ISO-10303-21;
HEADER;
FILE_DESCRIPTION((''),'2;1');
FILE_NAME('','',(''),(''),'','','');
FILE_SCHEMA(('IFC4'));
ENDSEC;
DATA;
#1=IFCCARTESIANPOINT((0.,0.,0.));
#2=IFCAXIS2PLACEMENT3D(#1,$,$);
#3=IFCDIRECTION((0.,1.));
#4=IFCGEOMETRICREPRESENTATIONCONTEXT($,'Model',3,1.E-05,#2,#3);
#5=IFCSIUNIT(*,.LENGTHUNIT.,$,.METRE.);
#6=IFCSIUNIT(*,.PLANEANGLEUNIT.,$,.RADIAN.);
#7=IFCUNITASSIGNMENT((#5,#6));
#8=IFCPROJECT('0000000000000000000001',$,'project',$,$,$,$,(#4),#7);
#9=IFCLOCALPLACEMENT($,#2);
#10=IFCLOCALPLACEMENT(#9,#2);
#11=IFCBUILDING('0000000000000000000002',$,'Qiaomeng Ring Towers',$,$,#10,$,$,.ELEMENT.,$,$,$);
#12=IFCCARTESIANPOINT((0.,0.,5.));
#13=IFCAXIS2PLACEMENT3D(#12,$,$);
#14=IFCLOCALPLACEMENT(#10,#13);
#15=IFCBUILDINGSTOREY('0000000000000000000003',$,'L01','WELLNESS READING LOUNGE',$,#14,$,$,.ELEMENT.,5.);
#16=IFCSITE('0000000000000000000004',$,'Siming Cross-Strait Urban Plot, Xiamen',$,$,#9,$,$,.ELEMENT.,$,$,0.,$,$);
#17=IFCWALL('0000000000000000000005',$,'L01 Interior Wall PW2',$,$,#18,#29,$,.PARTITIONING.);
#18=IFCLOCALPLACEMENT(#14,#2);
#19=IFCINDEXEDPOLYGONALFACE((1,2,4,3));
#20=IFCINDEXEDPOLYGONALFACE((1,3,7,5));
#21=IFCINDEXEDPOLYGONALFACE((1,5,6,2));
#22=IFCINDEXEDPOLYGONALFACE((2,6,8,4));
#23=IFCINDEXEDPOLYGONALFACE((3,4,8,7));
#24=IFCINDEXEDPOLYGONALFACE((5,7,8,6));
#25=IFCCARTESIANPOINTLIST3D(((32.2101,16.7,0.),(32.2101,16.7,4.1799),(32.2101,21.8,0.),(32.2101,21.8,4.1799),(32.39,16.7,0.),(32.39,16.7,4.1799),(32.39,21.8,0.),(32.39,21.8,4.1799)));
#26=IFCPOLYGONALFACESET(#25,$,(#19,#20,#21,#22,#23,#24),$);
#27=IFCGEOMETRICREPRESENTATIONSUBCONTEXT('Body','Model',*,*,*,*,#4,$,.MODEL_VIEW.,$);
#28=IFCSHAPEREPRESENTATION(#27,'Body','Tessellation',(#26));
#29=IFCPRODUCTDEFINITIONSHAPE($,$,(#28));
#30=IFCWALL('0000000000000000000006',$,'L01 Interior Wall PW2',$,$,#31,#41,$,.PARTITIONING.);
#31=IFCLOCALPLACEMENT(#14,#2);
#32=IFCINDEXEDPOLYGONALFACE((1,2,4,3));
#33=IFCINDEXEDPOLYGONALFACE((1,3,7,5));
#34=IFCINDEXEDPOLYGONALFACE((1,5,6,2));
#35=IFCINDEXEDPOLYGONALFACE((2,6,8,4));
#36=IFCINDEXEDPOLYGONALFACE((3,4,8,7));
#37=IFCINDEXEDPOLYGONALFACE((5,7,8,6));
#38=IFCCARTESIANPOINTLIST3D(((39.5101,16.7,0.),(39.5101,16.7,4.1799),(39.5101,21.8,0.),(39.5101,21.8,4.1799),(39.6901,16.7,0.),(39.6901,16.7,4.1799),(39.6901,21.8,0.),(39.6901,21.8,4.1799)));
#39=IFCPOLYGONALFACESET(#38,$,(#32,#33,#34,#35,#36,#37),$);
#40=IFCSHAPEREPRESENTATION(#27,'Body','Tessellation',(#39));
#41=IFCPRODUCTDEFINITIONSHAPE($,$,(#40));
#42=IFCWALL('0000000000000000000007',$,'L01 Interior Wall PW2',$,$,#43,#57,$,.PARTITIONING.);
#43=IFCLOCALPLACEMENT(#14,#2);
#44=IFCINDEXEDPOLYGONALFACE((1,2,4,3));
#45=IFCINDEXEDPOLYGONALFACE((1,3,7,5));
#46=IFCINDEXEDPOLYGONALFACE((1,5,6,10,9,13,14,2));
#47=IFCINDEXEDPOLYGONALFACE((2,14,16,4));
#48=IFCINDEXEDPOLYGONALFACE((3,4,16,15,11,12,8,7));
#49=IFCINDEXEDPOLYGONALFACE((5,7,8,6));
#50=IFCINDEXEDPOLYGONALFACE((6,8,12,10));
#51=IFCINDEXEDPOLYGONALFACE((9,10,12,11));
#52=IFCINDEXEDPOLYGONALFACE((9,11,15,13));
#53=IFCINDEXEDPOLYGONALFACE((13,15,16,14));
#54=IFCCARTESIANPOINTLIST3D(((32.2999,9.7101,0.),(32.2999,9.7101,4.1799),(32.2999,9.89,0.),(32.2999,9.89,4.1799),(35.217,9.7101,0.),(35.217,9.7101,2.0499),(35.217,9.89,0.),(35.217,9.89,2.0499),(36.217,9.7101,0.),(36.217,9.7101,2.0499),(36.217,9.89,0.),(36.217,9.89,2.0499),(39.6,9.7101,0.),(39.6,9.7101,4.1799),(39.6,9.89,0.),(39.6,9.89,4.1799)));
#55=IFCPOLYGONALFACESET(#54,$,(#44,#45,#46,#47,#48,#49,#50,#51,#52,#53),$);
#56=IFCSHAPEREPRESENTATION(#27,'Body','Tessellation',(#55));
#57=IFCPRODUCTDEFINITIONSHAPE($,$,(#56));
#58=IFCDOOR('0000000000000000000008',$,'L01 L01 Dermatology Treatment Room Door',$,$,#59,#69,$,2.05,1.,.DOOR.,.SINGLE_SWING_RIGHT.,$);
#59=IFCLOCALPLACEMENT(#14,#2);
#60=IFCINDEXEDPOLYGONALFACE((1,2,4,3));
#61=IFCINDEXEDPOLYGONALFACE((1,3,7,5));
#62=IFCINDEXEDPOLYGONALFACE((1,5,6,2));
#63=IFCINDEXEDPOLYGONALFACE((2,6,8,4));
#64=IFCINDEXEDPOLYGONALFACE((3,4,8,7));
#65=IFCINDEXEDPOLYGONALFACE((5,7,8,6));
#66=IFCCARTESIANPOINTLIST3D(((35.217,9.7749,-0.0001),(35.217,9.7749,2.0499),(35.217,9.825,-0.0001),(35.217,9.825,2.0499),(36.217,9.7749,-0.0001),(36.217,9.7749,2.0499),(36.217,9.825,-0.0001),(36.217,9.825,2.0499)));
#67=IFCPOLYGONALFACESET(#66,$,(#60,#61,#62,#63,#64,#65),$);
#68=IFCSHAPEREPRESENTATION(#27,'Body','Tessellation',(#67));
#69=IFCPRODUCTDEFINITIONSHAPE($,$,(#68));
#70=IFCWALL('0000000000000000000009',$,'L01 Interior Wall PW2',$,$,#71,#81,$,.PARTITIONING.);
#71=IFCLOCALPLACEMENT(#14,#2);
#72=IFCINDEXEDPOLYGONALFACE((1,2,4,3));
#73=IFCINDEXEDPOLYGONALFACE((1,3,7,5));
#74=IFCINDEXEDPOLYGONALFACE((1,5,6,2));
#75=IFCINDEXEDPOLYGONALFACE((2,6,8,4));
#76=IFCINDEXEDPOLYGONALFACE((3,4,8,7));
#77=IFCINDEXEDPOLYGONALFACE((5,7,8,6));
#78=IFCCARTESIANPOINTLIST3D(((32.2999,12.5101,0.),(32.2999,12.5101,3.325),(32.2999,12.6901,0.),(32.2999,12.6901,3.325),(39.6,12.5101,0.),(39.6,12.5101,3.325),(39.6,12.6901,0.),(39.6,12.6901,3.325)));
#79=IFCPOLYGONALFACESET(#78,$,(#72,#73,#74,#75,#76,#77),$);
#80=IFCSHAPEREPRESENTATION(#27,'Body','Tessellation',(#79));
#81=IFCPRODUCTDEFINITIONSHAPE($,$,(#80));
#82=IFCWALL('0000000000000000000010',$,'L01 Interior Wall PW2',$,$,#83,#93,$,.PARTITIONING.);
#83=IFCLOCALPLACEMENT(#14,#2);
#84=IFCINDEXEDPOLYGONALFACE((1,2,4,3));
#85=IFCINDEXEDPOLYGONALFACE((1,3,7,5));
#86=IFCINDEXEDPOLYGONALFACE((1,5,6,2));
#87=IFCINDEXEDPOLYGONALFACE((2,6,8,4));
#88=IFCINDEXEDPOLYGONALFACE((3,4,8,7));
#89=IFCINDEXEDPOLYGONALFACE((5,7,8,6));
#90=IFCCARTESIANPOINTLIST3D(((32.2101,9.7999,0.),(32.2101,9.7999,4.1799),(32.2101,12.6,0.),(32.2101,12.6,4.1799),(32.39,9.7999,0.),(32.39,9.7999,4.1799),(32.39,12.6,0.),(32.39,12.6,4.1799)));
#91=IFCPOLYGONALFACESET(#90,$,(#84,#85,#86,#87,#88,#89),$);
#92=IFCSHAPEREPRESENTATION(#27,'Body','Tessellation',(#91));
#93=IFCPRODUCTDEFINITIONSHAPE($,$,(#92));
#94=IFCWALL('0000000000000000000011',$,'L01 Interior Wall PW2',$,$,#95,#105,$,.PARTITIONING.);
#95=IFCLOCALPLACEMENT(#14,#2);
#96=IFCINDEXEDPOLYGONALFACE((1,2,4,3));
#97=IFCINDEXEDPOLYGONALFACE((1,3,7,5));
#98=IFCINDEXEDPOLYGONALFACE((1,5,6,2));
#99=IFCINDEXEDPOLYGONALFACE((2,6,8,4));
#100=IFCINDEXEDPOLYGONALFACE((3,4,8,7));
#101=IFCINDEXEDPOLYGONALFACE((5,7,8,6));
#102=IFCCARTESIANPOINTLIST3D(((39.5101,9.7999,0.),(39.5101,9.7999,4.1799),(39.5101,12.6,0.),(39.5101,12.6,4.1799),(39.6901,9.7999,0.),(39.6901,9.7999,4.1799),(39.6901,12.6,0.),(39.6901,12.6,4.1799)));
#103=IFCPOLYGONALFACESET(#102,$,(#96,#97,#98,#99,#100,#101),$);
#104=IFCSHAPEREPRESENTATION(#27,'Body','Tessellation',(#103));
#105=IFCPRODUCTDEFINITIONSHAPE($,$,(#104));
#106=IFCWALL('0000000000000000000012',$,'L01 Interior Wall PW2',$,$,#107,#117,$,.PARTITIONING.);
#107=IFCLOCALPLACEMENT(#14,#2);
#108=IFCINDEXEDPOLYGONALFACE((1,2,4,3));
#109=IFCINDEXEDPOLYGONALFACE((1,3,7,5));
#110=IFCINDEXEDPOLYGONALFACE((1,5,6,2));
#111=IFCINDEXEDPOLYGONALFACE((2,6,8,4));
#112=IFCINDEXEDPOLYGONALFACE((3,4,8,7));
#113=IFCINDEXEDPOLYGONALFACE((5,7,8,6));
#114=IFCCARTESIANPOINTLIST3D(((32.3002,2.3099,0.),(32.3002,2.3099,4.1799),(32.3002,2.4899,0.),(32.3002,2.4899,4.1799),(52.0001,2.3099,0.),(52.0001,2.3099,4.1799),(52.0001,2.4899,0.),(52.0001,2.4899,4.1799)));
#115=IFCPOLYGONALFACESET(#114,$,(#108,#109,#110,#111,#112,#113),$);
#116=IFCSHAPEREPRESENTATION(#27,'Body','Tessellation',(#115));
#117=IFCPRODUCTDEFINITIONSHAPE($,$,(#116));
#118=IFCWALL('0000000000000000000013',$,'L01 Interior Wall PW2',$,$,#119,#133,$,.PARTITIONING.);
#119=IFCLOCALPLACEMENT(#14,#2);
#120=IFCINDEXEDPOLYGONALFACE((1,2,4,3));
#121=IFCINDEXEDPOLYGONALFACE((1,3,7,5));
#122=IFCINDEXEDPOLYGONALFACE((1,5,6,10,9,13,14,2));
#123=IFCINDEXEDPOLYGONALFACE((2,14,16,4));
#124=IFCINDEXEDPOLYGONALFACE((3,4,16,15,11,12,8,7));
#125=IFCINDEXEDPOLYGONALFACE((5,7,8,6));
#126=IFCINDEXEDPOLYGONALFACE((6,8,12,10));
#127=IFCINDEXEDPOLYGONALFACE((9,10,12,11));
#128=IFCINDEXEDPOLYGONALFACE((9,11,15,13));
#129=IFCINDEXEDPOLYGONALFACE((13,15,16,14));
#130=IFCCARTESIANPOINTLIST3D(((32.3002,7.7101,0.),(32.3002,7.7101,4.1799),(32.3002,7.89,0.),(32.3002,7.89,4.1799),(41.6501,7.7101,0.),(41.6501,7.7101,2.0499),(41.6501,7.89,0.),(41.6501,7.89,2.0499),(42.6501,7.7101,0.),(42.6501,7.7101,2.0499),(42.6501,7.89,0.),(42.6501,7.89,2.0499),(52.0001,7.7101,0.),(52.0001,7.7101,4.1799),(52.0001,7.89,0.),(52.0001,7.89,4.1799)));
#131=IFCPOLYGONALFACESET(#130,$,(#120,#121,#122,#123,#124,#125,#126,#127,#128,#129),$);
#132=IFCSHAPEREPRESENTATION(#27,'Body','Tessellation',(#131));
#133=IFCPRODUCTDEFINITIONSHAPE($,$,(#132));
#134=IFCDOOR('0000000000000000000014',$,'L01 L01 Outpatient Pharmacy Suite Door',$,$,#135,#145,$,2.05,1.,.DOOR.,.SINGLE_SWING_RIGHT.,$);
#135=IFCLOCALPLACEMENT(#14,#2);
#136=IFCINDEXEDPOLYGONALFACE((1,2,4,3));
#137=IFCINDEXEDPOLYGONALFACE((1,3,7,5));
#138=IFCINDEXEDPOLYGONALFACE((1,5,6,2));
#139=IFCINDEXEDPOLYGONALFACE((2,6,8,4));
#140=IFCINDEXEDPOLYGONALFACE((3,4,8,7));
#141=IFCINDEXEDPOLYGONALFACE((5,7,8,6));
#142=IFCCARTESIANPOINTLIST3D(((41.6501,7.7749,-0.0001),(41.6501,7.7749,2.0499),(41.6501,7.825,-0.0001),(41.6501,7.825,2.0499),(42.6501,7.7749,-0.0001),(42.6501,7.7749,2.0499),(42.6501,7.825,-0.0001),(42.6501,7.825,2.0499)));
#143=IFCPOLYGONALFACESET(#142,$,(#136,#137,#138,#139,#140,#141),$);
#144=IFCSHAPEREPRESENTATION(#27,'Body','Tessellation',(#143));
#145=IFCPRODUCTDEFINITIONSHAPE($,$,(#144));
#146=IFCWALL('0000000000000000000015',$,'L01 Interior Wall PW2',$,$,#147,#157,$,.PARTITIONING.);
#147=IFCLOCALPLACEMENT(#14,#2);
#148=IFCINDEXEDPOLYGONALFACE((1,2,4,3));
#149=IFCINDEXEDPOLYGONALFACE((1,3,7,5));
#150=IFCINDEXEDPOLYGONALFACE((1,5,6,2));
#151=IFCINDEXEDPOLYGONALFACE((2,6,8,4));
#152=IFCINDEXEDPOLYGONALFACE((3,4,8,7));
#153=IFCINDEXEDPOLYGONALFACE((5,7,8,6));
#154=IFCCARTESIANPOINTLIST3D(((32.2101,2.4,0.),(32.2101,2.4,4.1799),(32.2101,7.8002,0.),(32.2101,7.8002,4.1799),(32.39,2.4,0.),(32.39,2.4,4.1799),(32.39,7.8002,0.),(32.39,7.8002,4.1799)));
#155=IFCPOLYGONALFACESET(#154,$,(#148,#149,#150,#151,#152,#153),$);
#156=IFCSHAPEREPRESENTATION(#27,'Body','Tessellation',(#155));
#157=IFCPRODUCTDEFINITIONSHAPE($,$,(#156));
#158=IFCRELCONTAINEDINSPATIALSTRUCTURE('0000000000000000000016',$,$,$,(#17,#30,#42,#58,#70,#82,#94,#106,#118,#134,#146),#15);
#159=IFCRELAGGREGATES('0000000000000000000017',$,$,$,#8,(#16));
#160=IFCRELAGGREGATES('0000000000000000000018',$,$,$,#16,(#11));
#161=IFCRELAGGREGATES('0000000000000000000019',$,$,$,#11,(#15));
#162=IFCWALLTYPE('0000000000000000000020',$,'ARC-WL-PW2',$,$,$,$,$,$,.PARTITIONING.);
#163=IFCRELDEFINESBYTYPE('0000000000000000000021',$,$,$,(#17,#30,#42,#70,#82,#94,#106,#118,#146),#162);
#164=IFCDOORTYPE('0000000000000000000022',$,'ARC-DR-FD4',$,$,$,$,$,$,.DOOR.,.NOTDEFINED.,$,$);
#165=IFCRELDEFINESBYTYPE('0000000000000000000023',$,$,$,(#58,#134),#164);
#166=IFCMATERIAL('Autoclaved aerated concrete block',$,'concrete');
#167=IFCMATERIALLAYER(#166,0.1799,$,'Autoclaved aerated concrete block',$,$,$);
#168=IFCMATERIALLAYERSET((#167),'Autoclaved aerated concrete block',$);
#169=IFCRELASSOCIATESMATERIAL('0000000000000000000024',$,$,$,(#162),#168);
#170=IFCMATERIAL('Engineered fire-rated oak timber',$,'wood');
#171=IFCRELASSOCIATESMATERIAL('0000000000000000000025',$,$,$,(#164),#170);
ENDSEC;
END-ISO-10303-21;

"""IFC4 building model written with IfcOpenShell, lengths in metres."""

from ifc_helpers import new_model, si_unit, direction, frame, frame_2d, origin, place, context, subcontext, project, spatial, rectangle, extrude, source, transform, mapped, material, layer, layer_set, type_object, element, fill, save


model = new_model("IFC4")

# Units and contexts
model_context = context("Model", 3, precision=1e-05, world=origin(), true_north=direction((0.0, 1.0)))
body_context = subcontext(model_context, "Body", "Model", "MODEL_VIEW")
ifc_project = project(units=[si_unit("LENGTHUNIT", "METRE"), si_unit("PLANEANGLEUNIT", "RADIAN")], contexts=[model_context])

# Site, building, storey
site_placement = place(None, origin())
site = spatial("IfcSite", under=ifc_project, at=site_placement, Name="Siming Cross-Strait Urban Plot, Xiamen", CompositionType="ELEMENT", RefElevation=0.0)
building_placement = place(site_placement, origin())
building = spatial("IfcBuilding", under=site, at=building_placement, Name="Qiaomeng Ring Towers", CompositionType="ELEMENT")
storey_placement = place(building_placement, frame((0.0, 0.0, 5.0)))
storey = spatial("IfcBuildingStorey", under=building, at=storey_placement, Name="L01", Description="WELLNESS READING LOUNGE", CompositionType="ELEMENT", Elevation=5.0)

# Walls
ifc_material_1 = material(Name="Autoclaved aerated concrete block", Category="concrete")
ifc_layer_1 = layer(ifc_material_1, 0.1799, Name="Autoclaved aerated concrete block")
ifc_layer_set_1 = layer_set([ifc_layer_1], Name="Autoclaved aerated concrete block")
wall_type_1 = type_object("IfcWallType", Name="ARC-WL-PW2", PredefinedType="PARTITIONING", material=ifc_layer_set_1)
for number, where, z_axis, x_axis, name in (
    (1, (32.3, 16.7, 0.0), (0.0, 0.0, 1.0), (0.0, 1.0, 0.0), "L01 Interior Wall PW2"),
    (2, (39.6001, 16.7, 0.0), (0.0, 0.0, 1.0), (0.0, 1.0, 0.0), "L01 Interior Wall PW2"),
):
    element("IfcWall", number, at=place(storey_placement, frame(where, z_axis=z_axis, x_axis=x_axis)), inside=storey, type_object=wall_type_1, Name=name, PredefinedType="PARTITIONING", context=body_context, shape_type="SweptSolid", body=[
        extrude(rectangle(XDim=5.1001, YDim=0.1799, at=frame_2d((2.55, 0.0))), origin(), (0.0, 0.0, 1.0), 4.1799),
    ])

# Wall, opening, door
wall_1_placement = place(storey_placement, frame((32.3, 9.8, 0.0), z_axis=(0.0, 0.0, 1.0), x_axis=(1.0, 0.0, 0.0)))
wall_1 = element("IfcWall", 3, at=wall_1_placement, inside=storey, type_object=wall_type_1, Name="L01 Interior Wall PW2", PredefinedType="PARTITIONING", context=body_context, shape_type="SweptSolid", body=[
    extrude(rectangle(XDim=7.3, YDim=0.1799, at=frame_2d((3.6499, 0.0))), origin(), (0.0, 0.0, 1.0), 4.1799),
])
opening_1_placement = place(wall_1_placement, frame((2.917, 0.0, 0.0)))
opening_1 = element("IfcOpeningElement", 4, at=opening_1_placement, cuts=wall_1, PredefinedType="OPENING", context=body_context, shape_type="SweptSolid", body=[
    extrude(rectangle(XDim=1.0, YDim=2.05, at=frame_2d((0.5, 1.0249))), frame((0.0, 0.0999, 0.0), z_axis=(0.0, -1.0, 0.0), x_axis=(1.0, 0.0, 0.0)), (0.0, 0.0, 1.0), 0.2),
])
ifc_material_2 = material(Name="Engineered fire-rated oak timber", Category="wood")
door_type_1 = type_object("IfcDoorType", Name="ARC-DR-FD4", OperationType="NOTDEFINED", PredefinedType="DOOR", material=ifc_material_2)
shared_shape_1 = source(origin(), body_context, "Body", "SweptSolid", [
    extrude(rectangle(XDim=1.0, YDim=2.05, at=frame_2d((0.5, 1.0249))), frame((0.0, 0.0249, 0.0), z_axis=(0.0, -1.0, 0.0), x_axis=(1.0, 0.0, 0.0)), (0.0, 0.0, 1.0), 0.05),
])
door_1_placement = place(opening_1_placement, origin())
door_1 = element("IfcDoor", 5, at=door_1_placement, inside=storey, type_object=door_type_1, Name="L01 L01 Dermatology Treatment Room Door", OperationType="SINGLE_SWING_RIGHT", OverallHeight=2.05, OverallWidth=1.0, PredefinedType="DOOR", context=body_context, shape_type="MappedRepresentation", body=[
    mapped(shared_shape_1, transform((0.0, 0.0, 0.0), x_axis=(1.0, 0.0, 0.0), y_axis=(0.0, 1.0, 0.0), z_axis=(0.0, 0.0, 1.0), scale=1.0)),
])
fill(opening_1, door_1)

# Walls
wall_2_placement = place(storey_placement, frame((32.3, 12.6001, 0.0), z_axis=(0.0, 0.0, 1.0), x_axis=(1.0, 0.0, 0.0)))
element("IfcWall", 6, at=wall_2_placement, inside=storey, type_object=wall_type_1, Name="L01 Interior Wall PW2", PredefinedType="PARTITIONING", context=body_context, shape_type="SweptSolid", body=[
    extrude(rectangle(XDim=7.3, YDim=0.1799, at=frame_2d((3.6499, 0.0))), origin(), (0.0, 0.0, 1.0), 3.325),
])
for number, where, z_axis, x_axis, name in (
    (7, (32.3, 9.8, 0.0), (0.0, 0.0, 1.0), (0.0, 1.0, 0.0), "L01 Interior Wall PW2"),
    (8, (39.6001, 9.8, 0.0), (0.0, 0.0, 1.0), (0.0, 1.0, 0.0), "L01 Interior Wall PW2"),
):
    element("IfcWall", number, at=place(storey_placement, frame(where, z_axis=z_axis, x_axis=x_axis)), inside=storey, type_object=wall_type_1, Name=name, PredefinedType="PARTITIONING", context=body_context, shape_type="SweptSolid", body=[
        extrude(rectangle(XDim=2.8, YDim=0.1799, at=frame_2d((1.3999, 0.0))), origin(), (0.0, 0.0, 1.0), 4.1799),
    ])
wall_3_placement = place(storey_placement, frame((32.3, 2.3999, 0.0), z_axis=(0.0, 0.0, 1.0), x_axis=(1.0, 0.0, 0.0)))
element("IfcWall", 9, at=wall_3_placement, inside=storey, type_object=wall_type_1, Name="L01 Interior Wall PW2", PredefinedType="PARTITIONING", context=body_context, shape_type="SweptSolid", body=[
    extrude(rectangle(XDim=19.7, YDim=0.1799, at=frame_2d((9.8501, 0.0))), origin(), (0.0, 0.0, 1.0), 4.1799),
])

# Wall, opening, door
wall_4_placement = place(storey_placement, frame((32.3, 7.8, 0.0), z_axis=(0.0, 0.0, 1.0), x_axis=(1.0, 0.0, 0.0)))
wall_4 = element("IfcWall", 10, at=wall_4_placement, inside=storey, type_object=wall_type_1, Name="L01 Interior Wall PW2", PredefinedType="PARTITIONING", context=body_context, shape_type="SweptSolid", body=[
    extrude(rectangle(XDim=19.7, YDim=0.1799, at=frame_2d((9.8501, 0.0))), origin(), (0.0, 0.0, 1.0), 4.1799),
])
opening_2_placement = place(wall_4_placement, frame((9.3501, 0.0, 0.0)))
opening_2 = element("IfcOpeningElement", 11, at=opening_2_placement, cuts=wall_4, PredefinedType="OPENING", context=body_context, shape_type="SweptSolid", body=[
    extrude(rectangle(XDim=1.0, YDim=2.05, at=frame_2d((0.5, 1.0249))), frame((0.0, 0.0999, 0.0), z_axis=(0.0, -1.0, 0.0), x_axis=(1.0, 0.0, 0.0)), (0.0, 0.0, 1.0), 0.2),
])
door_2_placement = place(opening_2_placement, origin())
door_2 = element("IfcDoor", 12, at=door_2_placement, inside=storey, type_object=door_type_1, Name="L01 L01 Outpatient Pharmacy Suite Door", OperationType="SINGLE_SWING_RIGHT", OverallHeight=2.05, OverallWidth=1.0, PredefinedType="DOOR", context=body_context, shape_type="MappedRepresentation", body=[
    mapped(shared_shape_1, transform((0.0, 0.0, 0.0), x_axis=(1.0, 0.0, 0.0), y_axis=(0.0, 1.0, 0.0), z_axis=(0.0, 0.0, 1.0), scale=1.0)),
])
fill(opening_2, door_2)

# Wall
wall_5_placement = place(storey_placement, frame((32.3, 2.3999, 0.0), z_axis=(0.0, 0.0, 1.0), x_axis=(0.0, 1.0, 0.0)))
element("IfcWall", 13, at=wall_5_placement, inside=storey, type_object=wall_type_1, Name="L01 Interior Wall PW2", PredefinedType="PARTITIONING", context=body_context, shape_type="SweptSolid", body=[
    extrude(rectangle(XDim=5.4001, YDim=0.1799, at=frame_2d((2.7002, 0.0))), origin(), (0.0, 0.0, 1.0), 4.1799),
])

save(model, "model.ifc")
